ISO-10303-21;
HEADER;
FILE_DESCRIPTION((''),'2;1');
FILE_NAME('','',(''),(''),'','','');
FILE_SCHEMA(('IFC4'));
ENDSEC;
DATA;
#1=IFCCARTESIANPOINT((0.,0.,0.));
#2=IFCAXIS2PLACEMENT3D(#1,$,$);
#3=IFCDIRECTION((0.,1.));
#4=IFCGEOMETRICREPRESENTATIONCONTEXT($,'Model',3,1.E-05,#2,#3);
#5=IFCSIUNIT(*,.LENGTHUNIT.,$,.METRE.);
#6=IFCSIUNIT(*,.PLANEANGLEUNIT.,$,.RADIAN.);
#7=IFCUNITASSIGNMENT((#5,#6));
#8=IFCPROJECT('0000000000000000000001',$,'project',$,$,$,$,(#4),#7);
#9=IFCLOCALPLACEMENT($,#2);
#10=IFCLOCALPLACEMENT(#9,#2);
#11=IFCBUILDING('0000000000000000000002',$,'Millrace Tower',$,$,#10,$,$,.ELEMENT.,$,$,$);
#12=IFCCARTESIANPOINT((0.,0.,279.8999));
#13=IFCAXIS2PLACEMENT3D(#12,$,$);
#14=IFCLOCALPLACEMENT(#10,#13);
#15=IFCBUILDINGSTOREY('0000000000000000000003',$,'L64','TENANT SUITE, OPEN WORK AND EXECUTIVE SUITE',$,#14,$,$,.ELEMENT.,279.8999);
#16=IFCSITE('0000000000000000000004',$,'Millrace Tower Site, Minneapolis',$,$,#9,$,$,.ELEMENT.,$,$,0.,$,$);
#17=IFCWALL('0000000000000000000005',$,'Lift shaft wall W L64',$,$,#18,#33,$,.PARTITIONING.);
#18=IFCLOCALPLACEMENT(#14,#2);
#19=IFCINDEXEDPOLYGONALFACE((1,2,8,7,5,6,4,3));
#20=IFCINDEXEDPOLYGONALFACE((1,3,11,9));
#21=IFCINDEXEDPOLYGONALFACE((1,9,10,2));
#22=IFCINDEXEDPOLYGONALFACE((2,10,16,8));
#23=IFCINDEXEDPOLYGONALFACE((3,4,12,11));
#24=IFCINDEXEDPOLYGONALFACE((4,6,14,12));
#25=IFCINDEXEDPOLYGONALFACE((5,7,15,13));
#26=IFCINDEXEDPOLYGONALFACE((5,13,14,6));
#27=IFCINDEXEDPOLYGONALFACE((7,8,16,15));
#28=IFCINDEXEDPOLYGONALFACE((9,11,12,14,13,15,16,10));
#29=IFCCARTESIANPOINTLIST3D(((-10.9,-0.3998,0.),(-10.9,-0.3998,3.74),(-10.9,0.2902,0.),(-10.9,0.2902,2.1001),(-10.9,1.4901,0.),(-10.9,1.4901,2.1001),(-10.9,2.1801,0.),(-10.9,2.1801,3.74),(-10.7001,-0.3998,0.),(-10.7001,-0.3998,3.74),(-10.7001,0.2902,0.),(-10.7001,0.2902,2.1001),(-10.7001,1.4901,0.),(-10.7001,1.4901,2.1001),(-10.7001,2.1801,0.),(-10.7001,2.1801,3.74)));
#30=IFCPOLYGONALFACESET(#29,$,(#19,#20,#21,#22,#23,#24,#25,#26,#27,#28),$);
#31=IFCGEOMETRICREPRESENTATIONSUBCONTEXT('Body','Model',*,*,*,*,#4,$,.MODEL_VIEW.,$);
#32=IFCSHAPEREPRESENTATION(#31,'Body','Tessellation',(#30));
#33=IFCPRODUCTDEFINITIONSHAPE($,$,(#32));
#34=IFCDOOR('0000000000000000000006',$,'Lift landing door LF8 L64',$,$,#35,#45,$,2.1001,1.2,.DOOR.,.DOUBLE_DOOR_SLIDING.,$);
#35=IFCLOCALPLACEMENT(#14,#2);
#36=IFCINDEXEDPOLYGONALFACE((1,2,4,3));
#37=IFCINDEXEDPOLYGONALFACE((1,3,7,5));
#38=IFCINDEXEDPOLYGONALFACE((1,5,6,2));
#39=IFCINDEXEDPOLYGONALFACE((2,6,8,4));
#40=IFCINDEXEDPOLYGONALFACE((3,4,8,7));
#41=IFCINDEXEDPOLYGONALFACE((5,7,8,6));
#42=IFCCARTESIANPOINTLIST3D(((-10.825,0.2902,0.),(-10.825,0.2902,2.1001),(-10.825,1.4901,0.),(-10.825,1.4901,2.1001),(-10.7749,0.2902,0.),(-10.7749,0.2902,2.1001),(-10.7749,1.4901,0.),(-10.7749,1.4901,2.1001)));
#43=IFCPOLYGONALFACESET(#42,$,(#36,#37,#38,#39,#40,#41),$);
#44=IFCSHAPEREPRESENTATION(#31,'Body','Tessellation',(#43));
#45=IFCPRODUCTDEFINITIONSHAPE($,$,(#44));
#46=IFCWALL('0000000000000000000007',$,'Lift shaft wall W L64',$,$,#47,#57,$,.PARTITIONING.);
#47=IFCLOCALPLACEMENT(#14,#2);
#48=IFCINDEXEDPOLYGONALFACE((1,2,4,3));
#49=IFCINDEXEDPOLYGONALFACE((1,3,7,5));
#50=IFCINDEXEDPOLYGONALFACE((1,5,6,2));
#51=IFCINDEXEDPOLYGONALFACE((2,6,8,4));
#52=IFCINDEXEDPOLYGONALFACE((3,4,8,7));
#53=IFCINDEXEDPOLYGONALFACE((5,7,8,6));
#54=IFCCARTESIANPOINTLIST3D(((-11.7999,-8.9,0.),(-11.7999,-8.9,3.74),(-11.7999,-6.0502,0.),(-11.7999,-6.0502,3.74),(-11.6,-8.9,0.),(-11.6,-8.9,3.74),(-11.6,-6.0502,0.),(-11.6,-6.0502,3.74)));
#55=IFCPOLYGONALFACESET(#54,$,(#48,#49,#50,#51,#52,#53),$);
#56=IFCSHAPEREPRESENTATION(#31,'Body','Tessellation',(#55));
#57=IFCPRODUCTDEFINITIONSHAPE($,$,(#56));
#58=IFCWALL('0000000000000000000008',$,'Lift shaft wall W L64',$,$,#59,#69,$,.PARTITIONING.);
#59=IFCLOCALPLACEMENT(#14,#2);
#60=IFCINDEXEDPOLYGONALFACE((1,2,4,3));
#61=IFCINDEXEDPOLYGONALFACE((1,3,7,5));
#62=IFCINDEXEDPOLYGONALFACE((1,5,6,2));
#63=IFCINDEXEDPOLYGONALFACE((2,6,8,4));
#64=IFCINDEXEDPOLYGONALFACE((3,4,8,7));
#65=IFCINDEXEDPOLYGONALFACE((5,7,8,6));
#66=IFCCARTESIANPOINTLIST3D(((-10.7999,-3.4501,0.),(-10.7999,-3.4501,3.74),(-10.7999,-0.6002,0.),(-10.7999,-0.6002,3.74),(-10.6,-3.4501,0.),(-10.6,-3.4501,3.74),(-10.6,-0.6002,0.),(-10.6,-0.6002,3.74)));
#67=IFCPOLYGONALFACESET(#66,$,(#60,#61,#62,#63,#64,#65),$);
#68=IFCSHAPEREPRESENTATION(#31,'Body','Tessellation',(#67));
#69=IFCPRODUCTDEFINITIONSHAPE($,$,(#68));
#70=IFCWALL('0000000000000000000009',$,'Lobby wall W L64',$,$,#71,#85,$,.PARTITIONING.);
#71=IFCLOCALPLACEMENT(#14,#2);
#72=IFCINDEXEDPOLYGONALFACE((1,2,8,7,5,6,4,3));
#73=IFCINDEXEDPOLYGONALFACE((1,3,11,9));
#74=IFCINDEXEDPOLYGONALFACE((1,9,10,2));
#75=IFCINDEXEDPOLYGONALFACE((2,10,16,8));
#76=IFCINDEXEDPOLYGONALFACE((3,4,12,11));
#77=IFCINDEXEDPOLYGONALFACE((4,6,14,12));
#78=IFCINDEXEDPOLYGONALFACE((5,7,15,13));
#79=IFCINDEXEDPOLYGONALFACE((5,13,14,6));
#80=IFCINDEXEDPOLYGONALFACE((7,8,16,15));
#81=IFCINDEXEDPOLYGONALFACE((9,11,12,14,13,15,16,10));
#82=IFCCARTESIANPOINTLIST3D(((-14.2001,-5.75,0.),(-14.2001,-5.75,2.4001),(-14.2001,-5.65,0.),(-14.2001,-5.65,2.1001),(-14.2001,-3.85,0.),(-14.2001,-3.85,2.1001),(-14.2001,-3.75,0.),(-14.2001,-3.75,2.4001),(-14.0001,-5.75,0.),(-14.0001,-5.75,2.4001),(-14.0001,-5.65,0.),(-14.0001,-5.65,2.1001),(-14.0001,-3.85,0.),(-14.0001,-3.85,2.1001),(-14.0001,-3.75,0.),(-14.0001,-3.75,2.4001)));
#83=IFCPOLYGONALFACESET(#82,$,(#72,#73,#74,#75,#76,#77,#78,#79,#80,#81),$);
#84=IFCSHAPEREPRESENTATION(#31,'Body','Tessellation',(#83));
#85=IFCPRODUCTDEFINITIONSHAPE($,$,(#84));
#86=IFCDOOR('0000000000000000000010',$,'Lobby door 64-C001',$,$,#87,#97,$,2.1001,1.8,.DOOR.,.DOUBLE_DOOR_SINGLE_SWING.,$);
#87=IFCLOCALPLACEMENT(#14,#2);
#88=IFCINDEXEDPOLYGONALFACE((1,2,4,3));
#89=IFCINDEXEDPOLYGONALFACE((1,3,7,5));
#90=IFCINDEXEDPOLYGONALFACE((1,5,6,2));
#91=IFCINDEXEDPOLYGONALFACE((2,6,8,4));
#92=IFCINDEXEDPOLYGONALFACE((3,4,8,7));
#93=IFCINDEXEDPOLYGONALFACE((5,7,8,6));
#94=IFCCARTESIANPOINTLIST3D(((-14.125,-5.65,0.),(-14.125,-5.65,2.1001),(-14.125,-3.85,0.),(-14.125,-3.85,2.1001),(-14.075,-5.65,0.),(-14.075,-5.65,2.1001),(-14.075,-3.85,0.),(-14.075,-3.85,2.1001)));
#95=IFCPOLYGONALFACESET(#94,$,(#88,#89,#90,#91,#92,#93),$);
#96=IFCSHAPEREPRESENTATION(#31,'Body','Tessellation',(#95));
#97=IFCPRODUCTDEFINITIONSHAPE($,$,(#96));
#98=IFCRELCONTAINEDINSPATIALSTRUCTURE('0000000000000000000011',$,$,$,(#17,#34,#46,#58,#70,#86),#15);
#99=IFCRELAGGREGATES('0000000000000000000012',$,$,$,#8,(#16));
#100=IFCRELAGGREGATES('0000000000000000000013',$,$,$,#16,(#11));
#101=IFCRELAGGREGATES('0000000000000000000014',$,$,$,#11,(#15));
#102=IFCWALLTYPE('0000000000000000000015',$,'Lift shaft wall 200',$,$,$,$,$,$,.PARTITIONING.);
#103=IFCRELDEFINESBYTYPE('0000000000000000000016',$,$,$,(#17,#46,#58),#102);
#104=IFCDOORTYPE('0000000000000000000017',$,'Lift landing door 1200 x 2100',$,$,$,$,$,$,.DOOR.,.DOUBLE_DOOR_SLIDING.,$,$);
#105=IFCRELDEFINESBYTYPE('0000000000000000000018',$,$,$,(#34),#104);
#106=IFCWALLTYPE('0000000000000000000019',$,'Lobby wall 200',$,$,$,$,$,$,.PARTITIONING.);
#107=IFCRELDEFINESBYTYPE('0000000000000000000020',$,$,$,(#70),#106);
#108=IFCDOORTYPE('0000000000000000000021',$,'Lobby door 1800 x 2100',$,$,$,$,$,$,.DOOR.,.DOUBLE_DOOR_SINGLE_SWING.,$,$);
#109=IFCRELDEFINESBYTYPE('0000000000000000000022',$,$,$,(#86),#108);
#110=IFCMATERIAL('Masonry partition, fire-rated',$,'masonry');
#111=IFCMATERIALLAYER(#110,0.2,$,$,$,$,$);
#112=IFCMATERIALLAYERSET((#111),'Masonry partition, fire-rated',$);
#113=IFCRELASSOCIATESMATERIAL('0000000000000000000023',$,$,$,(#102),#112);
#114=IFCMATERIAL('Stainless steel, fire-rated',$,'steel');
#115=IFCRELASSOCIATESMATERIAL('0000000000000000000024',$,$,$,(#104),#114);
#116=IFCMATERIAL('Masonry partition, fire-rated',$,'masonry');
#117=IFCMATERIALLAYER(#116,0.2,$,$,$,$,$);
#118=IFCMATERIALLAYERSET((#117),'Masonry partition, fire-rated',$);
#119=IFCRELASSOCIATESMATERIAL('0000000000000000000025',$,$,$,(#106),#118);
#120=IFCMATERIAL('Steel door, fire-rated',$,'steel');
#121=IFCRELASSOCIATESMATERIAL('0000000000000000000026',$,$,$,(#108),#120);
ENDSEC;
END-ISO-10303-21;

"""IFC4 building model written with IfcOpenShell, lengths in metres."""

from ifc_helpers import new_model, si_unit, direction, frame, frame_2d, origin, place, context, subcontext, project, spatial, rectangle, extrude, material, layer, layer_set, type_object, element, fill, save


model = new_model("IFC4")

# Units and contexts
model_context = context("Model", 3, precision=1e-05, world=origin(), true_north=direction((0.0, 1.0)))
body_context = subcontext(model_context, "Body", "Model", "MODEL_VIEW")
ifc_project = project(units=[si_unit("LENGTHUNIT", "METRE"), si_unit("PLANEANGLEUNIT", "RADIAN")], contexts=[model_context])

# Site, building, storey
site_placement = place(None, origin())
site = spatial("IfcSite", under=ifc_project, at=site_placement, Name="Millrace Tower Site, Minneapolis", CompositionType="ELEMENT", RefElevation=0.0)
building_placement = place(site_placement, origin())
building = spatial("IfcBuilding", under=site, at=building_placement, Name="Millrace Tower", CompositionType="ELEMENT")
storey_placement = place(building_placement, frame((0.0, 0.0, 279.8999)))
storey = spatial("IfcBuildingStorey", under=building, at=storey_placement, Name="L64", Description="TENANT SUITE, OPEN WORK AND EXECUTIVE SUITE", CompositionType="ELEMENT", Elevation=279.8999)

# Shared definitions
ifc_material_1 = material(Name="Masonry partition, fire-rated", Category="masonry")
ifc_layer_1 = layer(ifc_material_1, 0.2)
ifc_layer_set_1 = layer_set([ifc_layer_1], Name="Masonry partition, fire-rated")
wall_type_1 = type_object("IfcWallType", Name="Lift shaft wall 200", PredefinedType="PARTITIONING", material=ifc_layer_set_1)
ifc_material_2 = material(Name="Stainless steel, fire-rated", Category="steel")
door_type_1 = type_object("IfcDoorType", Name="Lift landing door 1200 x 2100", OperationType="DOUBLE_DOOR_SLIDING", PredefinedType="DOOR", material=ifc_material_2)

# Wall, opening, door
wall_1_placement = place(storey_placement, frame((-10.8, -0.3999, 0.0), z_axis=(0.0, 0.0, 1.0), x_axis=(0.0, 1.0, 0.0)))
wall_1 = element("IfcWall", 1, at=wall_1_placement, inside=storey, type_object=wall_type_1, Name="Lift shaft wall W L64", PredefinedType="PARTITIONING", context=body_context, shape_type="SweptSolid", body=[
    extrude(rectangle(XDim=2.5798, YDim=0.2, at=frame_2d((1.29, 0.0))), origin(), (0.0, 0.0, 1.0), 3.74),
])
opening_1_placement = place(wall_1_placement, frame((0.6899, 0.0, 0.0)))
opening_1 = element("IfcOpeningElement", 2, at=opening_1_placement, cuts=wall_1, PredefinedType="OPENING", context=body_context, shape_type="SweptSolid", body=[
    extrude(rectangle(XDim=1.2, YDim=2.1001, at=frame_2d((0.6001, 1.05))), frame((0.0, 0.1099, 0.0), z_axis=(0.0, -1.0, 0.0), x_axis=(1.0, 0.0, 0.0)), (0.0, 0.0, 1.0), 0.22),
])
door_1_placement = place(opening_1_placement, origin())
door_1 = element("IfcDoor", 3, at=door_1_placement, inside=storey, type_object=door_type_1, Name="Lift landing door LF8 L64", OperationType="DOUBLE_DOOR_SLIDING", OverallHeight=2.1001, OverallWidth=1.2, PredefinedType="DOOR", context=body_context, shape_type="SweptSolid", body=[
    extrude(rectangle(XDim=1.2, YDim=2.1001, at=frame_2d((0.6001, 1.05))), frame((0.0, 0.0249, 0.0), z_axis=(0.0, -1.0, 0.0), x_axis=(1.0, 0.0, 0.0)), (0.0, 0.0, 1.0), 0.05),
])
fill(opening_1, door_1)

# Walls
for number, where, z_axis, x_axis, name in (
    (4, (-11.7, -8.8999, 0.0), (0.0, 0.0, 1.0), (0.0, 1.0, 0.0), "Lift shaft wall W L64"),
    (5, (-10.7, -3.45, 0.0), (0.0, 0.0, 1.0), (0.0, 1.0, 0.0), "Lift shaft wall W L64"),
):
    element("IfcWall", number, at=place(storey_placement, frame(where, z_axis=z_axis, x_axis=x_axis)), inside=storey, type_object=wall_type_1, Name=name, PredefinedType="PARTITIONING", context=body_context, shape_type="SweptSolid", body=[
        extrude(rectangle(XDim=2.8499, YDim=0.2, at=frame_2d((1.4248, 0.0))), origin(), (0.0, 0.0, 1.0), 3.74),
    ])

# Wall, opening, door
ifc_material_3 = material(Name="Masonry partition, fire-rated", Category="masonry")
ifc_layer_2 = layer(ifc_material_3, 0.2)
ifc_layer_set_2 = layer_set([ifc_layer_2], Name="Masonry partition, fire-rated")
wall_type_2 = type_object("IfcWallType", Name="Lobby wall 200", PredefinedType="PARTITIONING", material=ifc_layer_set_2)
wall_2_placement = place(storey_placement, frame((-14.1001, -5.75, 0.0), z_axis=(0.0, 0.0, 1.0), x_axis=(0.0, 1.0, 0.0)))
wall_2 = element("IfcWall", 6, at=wall_2_placement, inside=storey, type_object=wall_type_2, Name="Lobby wall W L64", PredefinedType="PARTITIONING", context=body_context, shape_type="SweptSolid", body=[
    extrude(rectangle(XDim=2.0, YDim=0.2, at=frame_2d((1.0, 0.0))), origin(), (0.0, 0.0, 1.0), 2.4001),
])
opening_2_placement = place(wall_2_placement, frame((0.1001, 0.0, 0.0)))
opening_2 = element("IfcOpeningElement", 7, at=opening_2_placement, cuts=wall_2, PredefinedType="OPENING", context=body_context, shape_type="SweptSolid", body=[
    extrude(rectangle(XDim=1.8, YDim=2.1001, at=frame_2d((0.8999, 1.05))), frame((0.0, 0.1099, 0.0), z_axis=(0.0, -1.0, 0.0), x_axis=(1.0, 0.0, 0.0)), (0.0, 0.0, 1.0), 0.22),
])
ifc_material_4 = material(Name="Steel door, fire-rated", Category="steel")
door_type_2 = type_object("IfcDoorType", Name="Lobby door 1800 x 2100", OperationType="DOUBLE_DOOR_SINGLE_SWING", PredefinedType="DOOR", material=ifc_material_4)
door_2_placement = place(opening_2_placement, origin())
door_2 = element("IfcDoor", 8, at=door_2_placement, inside=storey, type_object=door_type_2, Name="Lobby door 64-C001", OperationType="DOUBLE_DOOR_SINGLE_SWING", OverallHeight=2.1001, OverallWidth=1.8, PredefinedType="DOOR", context=body_context, shape_type="SweptSolid", body=[
    extrude(rectangle(XDim=1.8, YDim=2.1001, at=frame_2d((0.8999, 1.05))), frame((0.0, 0.0249, 0.0), z_axis=(0.0, -1.0, 0.0), x_axis=(1.0, 0.0, 0.0)), (0.0, 0.0, 1.0), 0.05),
])
fill(opening_2, door_2)

save(model, "model.ifc")
